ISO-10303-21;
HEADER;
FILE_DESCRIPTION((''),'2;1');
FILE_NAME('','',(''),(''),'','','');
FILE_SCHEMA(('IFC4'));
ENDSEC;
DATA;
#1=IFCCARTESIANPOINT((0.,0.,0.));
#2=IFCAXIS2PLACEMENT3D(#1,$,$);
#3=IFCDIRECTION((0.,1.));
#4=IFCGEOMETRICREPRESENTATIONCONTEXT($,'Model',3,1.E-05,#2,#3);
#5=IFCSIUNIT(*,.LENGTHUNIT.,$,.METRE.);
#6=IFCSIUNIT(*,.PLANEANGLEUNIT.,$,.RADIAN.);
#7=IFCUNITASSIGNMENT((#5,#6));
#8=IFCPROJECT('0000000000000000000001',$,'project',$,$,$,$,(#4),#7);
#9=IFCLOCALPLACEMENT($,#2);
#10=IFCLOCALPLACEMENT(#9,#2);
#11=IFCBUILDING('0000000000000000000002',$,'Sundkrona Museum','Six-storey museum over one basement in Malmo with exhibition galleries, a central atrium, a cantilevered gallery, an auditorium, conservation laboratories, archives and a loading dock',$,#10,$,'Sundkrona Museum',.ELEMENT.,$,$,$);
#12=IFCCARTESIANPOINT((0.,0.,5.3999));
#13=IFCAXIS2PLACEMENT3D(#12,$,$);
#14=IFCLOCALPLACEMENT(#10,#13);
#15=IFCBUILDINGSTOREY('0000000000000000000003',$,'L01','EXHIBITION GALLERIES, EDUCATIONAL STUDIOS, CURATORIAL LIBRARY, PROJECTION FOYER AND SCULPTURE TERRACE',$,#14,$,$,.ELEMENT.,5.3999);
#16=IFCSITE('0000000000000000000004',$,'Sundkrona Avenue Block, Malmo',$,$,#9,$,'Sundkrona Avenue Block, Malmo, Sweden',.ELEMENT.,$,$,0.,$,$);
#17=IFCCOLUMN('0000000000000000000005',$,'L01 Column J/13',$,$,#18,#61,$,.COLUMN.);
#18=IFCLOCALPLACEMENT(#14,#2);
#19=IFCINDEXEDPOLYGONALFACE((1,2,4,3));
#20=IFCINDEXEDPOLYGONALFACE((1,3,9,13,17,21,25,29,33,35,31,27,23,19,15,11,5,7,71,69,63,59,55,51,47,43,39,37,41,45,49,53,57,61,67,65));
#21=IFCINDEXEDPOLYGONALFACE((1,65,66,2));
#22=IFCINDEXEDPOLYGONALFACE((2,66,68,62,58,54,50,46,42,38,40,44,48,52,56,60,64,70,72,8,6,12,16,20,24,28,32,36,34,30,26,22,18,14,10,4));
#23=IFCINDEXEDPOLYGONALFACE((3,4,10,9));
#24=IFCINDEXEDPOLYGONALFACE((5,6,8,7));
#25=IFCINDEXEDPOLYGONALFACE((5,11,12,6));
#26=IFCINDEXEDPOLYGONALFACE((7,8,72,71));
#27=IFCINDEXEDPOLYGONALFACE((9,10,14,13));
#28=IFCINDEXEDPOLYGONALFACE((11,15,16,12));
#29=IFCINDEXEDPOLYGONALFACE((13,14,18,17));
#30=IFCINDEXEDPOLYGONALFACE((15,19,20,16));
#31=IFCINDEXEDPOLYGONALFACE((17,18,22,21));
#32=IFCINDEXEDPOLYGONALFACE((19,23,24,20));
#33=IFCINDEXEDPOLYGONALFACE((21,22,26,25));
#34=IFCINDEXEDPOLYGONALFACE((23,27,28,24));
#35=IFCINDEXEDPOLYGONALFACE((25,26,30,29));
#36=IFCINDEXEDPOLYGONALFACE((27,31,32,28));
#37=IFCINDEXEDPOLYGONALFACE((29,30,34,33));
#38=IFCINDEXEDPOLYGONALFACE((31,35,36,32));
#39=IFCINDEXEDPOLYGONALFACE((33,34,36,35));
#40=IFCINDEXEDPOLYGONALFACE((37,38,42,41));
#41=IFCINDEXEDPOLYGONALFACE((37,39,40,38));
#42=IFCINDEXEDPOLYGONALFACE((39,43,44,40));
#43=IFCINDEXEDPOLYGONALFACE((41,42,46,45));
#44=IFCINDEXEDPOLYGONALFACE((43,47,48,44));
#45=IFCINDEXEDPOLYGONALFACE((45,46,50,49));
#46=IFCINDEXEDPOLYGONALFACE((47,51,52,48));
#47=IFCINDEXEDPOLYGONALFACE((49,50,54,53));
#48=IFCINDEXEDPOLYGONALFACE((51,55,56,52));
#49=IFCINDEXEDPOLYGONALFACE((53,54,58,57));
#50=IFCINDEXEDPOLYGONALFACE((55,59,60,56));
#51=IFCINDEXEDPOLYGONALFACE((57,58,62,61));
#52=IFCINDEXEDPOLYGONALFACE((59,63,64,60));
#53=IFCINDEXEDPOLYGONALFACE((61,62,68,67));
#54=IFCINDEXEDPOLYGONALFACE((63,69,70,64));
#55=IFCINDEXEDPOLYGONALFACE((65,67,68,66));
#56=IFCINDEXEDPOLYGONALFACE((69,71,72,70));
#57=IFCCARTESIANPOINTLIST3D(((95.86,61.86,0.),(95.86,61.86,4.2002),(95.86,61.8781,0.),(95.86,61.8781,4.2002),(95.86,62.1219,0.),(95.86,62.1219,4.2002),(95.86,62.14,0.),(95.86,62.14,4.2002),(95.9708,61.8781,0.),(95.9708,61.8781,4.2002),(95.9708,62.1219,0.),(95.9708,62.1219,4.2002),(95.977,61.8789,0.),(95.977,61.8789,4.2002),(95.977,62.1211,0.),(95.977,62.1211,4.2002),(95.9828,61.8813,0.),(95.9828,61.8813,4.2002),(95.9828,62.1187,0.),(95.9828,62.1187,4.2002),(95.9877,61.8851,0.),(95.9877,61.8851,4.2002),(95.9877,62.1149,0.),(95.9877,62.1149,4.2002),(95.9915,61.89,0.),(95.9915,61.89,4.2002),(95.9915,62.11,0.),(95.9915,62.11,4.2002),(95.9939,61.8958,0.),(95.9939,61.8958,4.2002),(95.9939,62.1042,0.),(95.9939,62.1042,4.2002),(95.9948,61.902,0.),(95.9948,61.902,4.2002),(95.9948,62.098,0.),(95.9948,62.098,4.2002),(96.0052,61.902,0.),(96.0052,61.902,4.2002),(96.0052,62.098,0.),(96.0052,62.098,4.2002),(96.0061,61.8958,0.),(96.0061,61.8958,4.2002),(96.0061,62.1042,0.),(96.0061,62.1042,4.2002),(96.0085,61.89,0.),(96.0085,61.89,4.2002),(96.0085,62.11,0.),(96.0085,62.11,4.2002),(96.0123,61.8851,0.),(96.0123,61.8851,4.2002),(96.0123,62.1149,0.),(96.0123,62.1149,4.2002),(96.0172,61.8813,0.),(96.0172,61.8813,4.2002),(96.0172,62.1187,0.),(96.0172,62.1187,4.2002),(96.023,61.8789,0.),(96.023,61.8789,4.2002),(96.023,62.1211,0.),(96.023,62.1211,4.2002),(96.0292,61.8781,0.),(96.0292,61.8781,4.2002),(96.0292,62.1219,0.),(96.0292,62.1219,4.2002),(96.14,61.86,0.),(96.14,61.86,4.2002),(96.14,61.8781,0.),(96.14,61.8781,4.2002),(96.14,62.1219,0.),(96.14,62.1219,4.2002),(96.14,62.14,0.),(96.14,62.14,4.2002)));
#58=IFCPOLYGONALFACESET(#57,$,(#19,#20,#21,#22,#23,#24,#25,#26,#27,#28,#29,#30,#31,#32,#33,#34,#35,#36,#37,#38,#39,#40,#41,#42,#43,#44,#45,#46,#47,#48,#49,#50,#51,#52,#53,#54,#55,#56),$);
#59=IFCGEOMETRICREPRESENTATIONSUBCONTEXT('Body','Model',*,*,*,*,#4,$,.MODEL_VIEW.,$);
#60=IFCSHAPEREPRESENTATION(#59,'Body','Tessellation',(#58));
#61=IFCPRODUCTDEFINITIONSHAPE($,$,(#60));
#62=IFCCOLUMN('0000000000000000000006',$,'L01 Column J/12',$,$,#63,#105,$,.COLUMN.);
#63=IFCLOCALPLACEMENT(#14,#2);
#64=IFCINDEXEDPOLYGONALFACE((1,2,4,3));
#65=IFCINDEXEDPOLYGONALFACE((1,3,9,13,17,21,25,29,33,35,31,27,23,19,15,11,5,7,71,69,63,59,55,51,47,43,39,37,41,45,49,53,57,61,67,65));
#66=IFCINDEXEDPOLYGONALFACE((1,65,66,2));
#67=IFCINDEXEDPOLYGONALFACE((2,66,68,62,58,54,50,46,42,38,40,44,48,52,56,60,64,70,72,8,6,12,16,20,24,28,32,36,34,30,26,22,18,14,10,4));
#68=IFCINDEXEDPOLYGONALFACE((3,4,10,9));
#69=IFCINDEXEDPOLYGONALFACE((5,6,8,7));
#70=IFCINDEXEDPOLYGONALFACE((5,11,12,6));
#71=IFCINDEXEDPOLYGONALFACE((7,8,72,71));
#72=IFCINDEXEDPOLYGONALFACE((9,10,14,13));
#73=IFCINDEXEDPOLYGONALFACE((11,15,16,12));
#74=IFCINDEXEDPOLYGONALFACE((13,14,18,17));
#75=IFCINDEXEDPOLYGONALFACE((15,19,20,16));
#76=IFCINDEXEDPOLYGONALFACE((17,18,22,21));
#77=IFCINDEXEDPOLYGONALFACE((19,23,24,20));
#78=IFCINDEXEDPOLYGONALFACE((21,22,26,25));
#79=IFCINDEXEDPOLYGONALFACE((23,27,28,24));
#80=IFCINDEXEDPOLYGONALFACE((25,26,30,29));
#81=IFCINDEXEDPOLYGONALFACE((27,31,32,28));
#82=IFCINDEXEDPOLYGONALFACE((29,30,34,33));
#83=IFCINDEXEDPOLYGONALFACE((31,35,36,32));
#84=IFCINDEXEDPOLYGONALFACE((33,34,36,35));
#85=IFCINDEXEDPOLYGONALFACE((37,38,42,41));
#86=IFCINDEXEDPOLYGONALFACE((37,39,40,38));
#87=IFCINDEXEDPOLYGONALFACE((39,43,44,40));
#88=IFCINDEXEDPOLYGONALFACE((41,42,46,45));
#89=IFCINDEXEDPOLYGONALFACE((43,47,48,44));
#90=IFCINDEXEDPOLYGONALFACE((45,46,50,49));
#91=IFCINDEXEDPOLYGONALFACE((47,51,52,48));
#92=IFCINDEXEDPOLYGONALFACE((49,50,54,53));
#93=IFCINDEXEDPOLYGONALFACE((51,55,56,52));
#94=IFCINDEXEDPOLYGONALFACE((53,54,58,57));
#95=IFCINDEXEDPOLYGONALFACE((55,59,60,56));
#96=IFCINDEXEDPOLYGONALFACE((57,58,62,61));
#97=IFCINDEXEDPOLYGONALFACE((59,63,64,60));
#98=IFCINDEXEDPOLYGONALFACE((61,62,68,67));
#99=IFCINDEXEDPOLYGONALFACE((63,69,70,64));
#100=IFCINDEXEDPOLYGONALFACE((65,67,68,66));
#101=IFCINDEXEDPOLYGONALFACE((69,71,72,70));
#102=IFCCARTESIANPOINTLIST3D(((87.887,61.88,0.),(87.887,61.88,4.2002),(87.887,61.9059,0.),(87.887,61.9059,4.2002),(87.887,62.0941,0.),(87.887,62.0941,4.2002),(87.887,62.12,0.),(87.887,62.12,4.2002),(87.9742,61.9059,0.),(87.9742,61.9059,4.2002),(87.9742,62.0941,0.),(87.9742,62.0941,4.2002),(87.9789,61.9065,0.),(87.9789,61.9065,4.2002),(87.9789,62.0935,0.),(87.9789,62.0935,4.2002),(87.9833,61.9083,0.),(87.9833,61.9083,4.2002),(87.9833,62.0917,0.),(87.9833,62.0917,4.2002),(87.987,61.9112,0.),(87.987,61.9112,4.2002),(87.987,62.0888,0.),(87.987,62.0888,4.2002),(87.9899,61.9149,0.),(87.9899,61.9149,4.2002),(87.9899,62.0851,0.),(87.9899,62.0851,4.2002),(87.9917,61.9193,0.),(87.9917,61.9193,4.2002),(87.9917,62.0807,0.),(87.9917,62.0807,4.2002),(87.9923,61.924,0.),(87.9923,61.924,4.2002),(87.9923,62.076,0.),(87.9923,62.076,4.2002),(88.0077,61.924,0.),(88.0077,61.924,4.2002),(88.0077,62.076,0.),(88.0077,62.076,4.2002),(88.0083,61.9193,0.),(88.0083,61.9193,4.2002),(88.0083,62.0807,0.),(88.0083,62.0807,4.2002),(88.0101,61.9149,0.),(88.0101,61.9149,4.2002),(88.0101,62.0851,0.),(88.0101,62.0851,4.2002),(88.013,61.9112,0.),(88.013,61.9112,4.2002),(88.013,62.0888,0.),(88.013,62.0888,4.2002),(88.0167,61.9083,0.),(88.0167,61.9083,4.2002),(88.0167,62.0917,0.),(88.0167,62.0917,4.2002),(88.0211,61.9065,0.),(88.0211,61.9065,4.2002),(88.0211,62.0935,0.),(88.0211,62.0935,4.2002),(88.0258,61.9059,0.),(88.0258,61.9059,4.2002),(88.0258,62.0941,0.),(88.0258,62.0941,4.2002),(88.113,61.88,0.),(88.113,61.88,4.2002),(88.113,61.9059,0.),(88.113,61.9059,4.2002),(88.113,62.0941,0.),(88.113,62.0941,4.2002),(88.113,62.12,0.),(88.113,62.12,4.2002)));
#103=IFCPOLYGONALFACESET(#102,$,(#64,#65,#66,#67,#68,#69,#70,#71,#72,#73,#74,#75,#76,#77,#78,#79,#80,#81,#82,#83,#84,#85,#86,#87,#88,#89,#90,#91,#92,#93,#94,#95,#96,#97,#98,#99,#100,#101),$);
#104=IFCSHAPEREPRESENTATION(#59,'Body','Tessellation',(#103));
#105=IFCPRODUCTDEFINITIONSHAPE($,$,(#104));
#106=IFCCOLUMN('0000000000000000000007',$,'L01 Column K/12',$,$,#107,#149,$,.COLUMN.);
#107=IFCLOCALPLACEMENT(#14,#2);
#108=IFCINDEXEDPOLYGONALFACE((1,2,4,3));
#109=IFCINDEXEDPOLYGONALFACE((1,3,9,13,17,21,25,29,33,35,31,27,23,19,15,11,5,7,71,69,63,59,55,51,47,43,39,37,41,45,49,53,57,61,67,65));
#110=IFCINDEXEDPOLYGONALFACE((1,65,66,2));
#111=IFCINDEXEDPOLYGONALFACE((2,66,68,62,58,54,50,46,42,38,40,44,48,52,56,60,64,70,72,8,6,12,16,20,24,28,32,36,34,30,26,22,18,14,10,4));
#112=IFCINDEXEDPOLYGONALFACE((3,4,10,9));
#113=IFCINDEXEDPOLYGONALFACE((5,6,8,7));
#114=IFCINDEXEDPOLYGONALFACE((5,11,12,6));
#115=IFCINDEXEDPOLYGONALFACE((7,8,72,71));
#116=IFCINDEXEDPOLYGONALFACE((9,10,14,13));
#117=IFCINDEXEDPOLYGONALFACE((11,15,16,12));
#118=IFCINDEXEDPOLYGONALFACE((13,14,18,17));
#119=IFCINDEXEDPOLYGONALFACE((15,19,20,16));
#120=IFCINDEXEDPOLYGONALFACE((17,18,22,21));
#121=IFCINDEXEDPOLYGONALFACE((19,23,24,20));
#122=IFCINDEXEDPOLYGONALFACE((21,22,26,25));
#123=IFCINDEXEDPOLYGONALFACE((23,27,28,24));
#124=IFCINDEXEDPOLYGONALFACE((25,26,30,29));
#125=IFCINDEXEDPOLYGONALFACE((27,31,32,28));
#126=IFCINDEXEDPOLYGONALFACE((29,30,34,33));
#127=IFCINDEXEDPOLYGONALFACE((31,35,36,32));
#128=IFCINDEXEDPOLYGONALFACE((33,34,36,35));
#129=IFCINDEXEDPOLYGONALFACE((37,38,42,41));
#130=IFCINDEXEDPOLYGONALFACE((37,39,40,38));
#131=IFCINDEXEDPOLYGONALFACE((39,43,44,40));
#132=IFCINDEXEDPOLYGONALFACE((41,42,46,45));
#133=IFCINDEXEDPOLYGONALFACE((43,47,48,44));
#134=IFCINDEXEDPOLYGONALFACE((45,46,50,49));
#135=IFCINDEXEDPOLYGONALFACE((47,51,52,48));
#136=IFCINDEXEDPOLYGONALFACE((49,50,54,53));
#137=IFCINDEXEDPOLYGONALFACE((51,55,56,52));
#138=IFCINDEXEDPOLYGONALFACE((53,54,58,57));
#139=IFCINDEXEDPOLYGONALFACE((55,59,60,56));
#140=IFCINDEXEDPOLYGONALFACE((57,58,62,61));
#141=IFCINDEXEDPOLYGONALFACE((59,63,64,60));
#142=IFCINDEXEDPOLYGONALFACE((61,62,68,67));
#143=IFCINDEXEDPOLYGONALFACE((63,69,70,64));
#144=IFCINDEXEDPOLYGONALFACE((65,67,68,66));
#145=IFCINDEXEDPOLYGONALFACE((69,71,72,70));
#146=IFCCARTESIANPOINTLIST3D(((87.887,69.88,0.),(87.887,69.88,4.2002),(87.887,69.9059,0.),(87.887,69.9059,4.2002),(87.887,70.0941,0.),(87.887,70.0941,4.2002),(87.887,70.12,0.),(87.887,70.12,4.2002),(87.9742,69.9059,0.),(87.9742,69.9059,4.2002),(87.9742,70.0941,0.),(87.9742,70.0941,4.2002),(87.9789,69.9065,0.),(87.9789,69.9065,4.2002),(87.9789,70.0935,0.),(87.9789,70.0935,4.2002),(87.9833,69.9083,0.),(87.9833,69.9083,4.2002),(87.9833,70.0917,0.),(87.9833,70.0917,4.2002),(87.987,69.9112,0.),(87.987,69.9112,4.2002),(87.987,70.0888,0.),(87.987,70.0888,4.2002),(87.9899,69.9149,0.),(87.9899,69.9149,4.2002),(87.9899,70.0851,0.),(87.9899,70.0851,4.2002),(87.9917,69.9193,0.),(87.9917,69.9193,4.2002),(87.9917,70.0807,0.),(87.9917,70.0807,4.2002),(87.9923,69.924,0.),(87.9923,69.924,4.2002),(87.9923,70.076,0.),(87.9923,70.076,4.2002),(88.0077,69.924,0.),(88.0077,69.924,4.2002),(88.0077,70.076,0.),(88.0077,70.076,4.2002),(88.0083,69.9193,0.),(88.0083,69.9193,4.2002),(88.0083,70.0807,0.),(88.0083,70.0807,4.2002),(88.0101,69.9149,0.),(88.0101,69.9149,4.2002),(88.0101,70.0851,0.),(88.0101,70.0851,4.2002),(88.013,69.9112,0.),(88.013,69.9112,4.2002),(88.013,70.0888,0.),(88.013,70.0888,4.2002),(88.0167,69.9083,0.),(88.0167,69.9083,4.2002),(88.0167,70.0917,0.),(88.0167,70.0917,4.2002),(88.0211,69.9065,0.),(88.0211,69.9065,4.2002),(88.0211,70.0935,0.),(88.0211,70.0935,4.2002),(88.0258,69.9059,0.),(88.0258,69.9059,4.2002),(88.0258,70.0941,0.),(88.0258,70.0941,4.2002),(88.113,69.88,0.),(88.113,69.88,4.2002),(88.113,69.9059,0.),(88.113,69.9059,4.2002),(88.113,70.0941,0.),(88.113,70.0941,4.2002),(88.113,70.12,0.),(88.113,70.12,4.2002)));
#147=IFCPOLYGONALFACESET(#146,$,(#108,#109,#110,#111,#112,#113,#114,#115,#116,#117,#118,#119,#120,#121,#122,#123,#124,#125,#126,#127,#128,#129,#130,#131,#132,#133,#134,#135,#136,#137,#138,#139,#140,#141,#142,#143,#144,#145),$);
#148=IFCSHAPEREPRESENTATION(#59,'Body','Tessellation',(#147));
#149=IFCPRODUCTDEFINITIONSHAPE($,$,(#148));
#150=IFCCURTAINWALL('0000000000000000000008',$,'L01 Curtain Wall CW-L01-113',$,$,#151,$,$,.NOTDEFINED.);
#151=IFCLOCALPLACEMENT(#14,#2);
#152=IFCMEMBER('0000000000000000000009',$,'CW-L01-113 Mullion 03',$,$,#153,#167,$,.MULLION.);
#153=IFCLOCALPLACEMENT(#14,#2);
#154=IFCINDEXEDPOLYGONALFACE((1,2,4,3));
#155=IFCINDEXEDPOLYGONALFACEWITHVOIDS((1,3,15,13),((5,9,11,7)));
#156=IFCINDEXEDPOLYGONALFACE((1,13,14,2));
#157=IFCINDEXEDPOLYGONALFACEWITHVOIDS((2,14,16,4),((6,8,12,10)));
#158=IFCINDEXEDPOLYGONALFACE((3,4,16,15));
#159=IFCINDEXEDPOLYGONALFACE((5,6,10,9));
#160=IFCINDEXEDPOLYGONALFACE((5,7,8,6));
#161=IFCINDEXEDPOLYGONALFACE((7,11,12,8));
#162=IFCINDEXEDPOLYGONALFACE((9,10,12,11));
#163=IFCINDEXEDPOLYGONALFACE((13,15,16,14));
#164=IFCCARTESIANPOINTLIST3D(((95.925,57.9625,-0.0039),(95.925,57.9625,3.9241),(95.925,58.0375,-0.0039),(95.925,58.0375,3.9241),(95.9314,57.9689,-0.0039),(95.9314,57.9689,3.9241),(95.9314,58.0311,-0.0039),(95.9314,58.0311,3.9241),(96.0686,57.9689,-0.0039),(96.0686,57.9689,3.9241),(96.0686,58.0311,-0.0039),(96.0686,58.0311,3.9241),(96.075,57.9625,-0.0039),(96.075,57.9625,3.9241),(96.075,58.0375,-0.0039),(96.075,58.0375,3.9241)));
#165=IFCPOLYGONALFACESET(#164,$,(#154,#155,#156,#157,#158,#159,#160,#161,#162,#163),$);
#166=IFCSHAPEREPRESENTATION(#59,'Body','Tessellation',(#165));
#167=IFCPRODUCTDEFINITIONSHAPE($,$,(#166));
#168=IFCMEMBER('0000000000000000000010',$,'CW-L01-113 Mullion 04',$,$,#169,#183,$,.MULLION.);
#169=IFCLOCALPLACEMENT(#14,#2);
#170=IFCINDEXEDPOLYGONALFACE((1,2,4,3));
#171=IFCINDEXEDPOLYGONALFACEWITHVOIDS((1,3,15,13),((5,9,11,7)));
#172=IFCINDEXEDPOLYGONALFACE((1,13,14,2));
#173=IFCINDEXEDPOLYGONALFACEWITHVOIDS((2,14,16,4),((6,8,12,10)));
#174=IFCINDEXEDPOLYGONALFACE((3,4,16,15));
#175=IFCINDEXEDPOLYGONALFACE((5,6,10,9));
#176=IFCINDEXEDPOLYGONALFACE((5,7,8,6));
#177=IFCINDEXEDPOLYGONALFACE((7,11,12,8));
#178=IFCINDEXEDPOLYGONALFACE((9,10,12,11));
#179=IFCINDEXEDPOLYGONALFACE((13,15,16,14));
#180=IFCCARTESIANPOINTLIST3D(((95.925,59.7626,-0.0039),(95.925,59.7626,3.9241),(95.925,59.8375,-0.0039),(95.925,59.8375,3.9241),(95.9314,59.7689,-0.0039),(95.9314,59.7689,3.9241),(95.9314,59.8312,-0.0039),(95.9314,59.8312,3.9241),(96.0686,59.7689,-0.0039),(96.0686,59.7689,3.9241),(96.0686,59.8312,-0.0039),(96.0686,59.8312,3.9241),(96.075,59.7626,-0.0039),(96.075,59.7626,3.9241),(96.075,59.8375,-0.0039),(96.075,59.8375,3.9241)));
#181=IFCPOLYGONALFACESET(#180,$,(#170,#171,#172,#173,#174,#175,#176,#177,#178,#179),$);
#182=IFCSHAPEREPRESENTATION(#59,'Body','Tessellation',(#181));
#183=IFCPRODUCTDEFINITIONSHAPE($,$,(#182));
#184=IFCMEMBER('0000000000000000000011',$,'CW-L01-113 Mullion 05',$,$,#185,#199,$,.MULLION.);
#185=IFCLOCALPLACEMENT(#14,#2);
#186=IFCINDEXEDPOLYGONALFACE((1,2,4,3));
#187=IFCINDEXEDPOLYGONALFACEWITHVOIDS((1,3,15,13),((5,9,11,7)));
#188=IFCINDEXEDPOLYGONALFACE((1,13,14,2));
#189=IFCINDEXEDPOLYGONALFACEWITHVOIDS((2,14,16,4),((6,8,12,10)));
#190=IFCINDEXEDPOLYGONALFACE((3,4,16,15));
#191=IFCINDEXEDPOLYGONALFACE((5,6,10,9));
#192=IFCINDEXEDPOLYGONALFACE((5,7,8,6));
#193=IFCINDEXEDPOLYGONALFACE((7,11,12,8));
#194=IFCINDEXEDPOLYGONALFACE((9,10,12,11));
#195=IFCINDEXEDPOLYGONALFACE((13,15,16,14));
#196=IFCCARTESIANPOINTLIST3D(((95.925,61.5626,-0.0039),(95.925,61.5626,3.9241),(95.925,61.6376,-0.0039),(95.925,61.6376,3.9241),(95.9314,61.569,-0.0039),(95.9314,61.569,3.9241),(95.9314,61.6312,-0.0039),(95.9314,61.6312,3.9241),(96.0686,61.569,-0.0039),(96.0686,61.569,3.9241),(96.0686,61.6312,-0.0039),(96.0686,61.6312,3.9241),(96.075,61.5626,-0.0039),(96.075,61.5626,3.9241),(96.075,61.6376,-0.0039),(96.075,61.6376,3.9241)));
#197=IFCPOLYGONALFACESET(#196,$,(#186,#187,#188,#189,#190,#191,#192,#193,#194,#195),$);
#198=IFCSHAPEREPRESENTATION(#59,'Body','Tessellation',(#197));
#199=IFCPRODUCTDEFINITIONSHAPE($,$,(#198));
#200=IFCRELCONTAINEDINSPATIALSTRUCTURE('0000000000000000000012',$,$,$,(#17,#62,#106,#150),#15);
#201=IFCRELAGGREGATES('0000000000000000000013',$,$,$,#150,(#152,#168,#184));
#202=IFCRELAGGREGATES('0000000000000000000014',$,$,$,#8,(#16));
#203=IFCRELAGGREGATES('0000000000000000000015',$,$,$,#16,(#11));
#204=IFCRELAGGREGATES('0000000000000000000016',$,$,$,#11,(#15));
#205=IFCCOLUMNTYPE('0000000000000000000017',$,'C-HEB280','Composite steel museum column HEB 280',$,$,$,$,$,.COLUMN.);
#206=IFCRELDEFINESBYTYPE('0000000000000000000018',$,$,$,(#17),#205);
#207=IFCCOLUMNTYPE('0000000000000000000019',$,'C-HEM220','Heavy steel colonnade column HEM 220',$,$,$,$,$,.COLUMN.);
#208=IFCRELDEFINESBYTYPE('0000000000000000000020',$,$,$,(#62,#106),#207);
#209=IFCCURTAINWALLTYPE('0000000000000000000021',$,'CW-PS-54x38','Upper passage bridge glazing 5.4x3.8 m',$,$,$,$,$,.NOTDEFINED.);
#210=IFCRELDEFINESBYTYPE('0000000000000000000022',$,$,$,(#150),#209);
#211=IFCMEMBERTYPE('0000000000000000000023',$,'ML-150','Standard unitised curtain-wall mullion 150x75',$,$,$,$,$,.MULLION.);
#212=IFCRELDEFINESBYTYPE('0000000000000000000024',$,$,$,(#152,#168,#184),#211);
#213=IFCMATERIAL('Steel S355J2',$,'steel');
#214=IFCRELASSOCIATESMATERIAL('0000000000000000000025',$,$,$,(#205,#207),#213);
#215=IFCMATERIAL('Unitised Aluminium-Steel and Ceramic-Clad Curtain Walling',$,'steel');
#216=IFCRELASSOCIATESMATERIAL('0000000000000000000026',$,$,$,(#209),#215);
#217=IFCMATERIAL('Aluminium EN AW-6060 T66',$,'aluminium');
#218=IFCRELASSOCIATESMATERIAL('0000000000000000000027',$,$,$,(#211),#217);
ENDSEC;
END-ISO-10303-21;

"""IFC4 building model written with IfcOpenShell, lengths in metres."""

from ifc_helpers import new_model, si_unit, direction, frame, origin, origin_2d, place, context, subcontext, project, spatial, hollow_rectangle, i_section, extrude, material, material_profile, profile_set, type_object, element, aggregate, save


model = new_model("IFC4")

# Units and contexts
model_context = context("Model", 3, precision=1e-05, world=origin(), true_north=direction((0.0, 1.0)))
body_context = subcontext(model_context, "Body", "Model", "MODEL_VIEW")
ifc_project = project(units=[si_unit("LENGTHUNIT", "METRE"), si_unit("PLANEANGLEUNIT", "RADIAN")], contexts=[model_context])

# Site, building, storey
site_placement = place(None, origin())
site = spatial("IfcSite", under=ifc_project, at=site_placement, Name="Sundkrona Avenue Block, Malmo", LongName="Sundkrona Avenue Block, Malmo, Sweden", CompositionType="ELEMENT", RefElevation=0.0)
building_placement = place(site_placement, origin())
building = spatial("IfcBuilding", under=site, at=building_placement, Name="Sundkrona Museum", Description="Six-storey museum over one basement in Malmo with exhibition galleries, a central atrium, a cantilevered gallery, an auditorium, conservation laboratories, archives and a loading dock", LongName="Sundkrona Museum", CompositionType="ELEMENT")
storey_placement = place(building_placement, frame((0.0, 0.0, 5.3999)))
storey = spatial("IfcBuildingStorey", under=building, at=storey_placement, Name="L01", Description="EXHIBITION GALLERIES, EDUCATIONAL STUDIOS, CURATORIAL LIBRARY, PROJECTION FOYER AND SCULPTURE TERRACE", CompositionType="ELEMENT", Elevation=5.3999)

# Columns
ifc_material_1 = material(Name="Steel S355J2", Category="steel")
ifc_material_profile_1 = material_profile(ifc_material_1, i_section(OverallWidth=0.28, OverallDepth=0.28, WebThickness=0.0105, FlangeThickness=0.0181, FilletRadius=0.0239, at=origin_2d()), Name="HEB 280")
ifc_profile_set_1 = profile_set([ifc_material_profile_1], Name="Steel S355J2")
column_type_1 = type_object("IfcColumnType", Name="C-HEB280", Description="Composite steel museum column HEB 280", PredefinedType="COLUMN", material=ifc_profile_set_1)
column_placement = place(storey_placement, frame((96.0, 62.0, 0.0), z_axis=(0.0, 0.0, 1.0), x_axis=(1.0, 0.0, 0.0)))
element("IfcColumn", 1, at=column_placement, inside=storey, type_object=column_type_1, Name="L01 Column J/13", PredefinedType="COLUMN", context=body_context, shape_type="SweptSolid", body=[
    extrude(i_section(OverallWidth=0.28, OverallDepth=0.28, WebThickness=0.0105, FlangeThickness=0.0181, FilletRadius=0.0239, at=origin_2d()), origin(), (0.0, 0.0, 1.0), 4.2002),
])
ifc_material_profile_2 = material_profile(ifc_material_1, i_section(OverallWidth=0.2261, OverallDepth=0.24, WebThickness=0.0154, FlangeThickness=0.0259, FilletRadius=0.0181, at=origin_2d()), Name="HEM 220")
ifc_profile_set_2 = profile_set([ifc_material_profile_2], Name="Steel S355J2")
column_type_2 = type_object("IfcColumnType", Name="C-HEM220", Description="Heavy steel colonnade column HEM 220", PredefinedType="COLUMN", material=ifc_profile_set_2)
for number, where, z_axis, x_axis, name in (
    (2, (88.0, 62.0, 0.0), (0.0, 0.0, 1.0), (1.0, 0.0, 0.0), "L01 Column J/12"),
    (3, (88.0, 70.0, 0.0), (0.0, 0.0, 1.0), (1.0, 0.0, 0.0), "L01 Column K/12"),
):
    element("IfcColumn", number, at=place(storey_placement, frame(where, z_axis=z_axis, x_axis=x_axis)), inside=storey, type_object=column_type_2, Name=name, PredefinedType="COLUMN", context=body_context, shape_type="SweptSolid", body=[
        extrude(i_section(OverallWidth=0.2261, OverallDepth=0.24, WebThickness=0.0154, FlangeThickness=0.0259, FilletRadius=0.0181, at=origin_2d()), origin(), (0.0, 0.0, 1.0), 4.2002),
    ])

# Curtain wall, members
ifc_material_2 = material(Name="Unitised Aluminium-Steel and Ceramic-Clad Curtain Walling", Category="steel")
curtain_wall_type = type_object("IfcCurtainWallType", Name="CW-PS-54x38", Description="Upper passage bridge glazing 5.4x3.8 m", PredefinedType="NOTDEFINED", material=ifc_material_2)
curtain_wall_placement = place(storey_placement, origin())
curtain_wall = element("IfcCurtainWall", 4, at=curtain_wall_placement, inside=storey, type_object=curtain_wall_type, Name="L01 Curtain Wall CW-L01-113", PredefinedType="NOTDEFINED")
ifc_material_3 = material(Name="Aluminium EN AW-6060 T66", Category="aluminium")
ifc_material_profile_3 = material_profile(ifc_material_3, hollow_rectangle(XDim=0.075, YDim=0.1499, WallThickness=0.0063, at=origin_2d()), Name="RHS 150x75x6.3")
ifc_profile_set_3 = profile_set([ifc_material_profile_3], Name="Aluminium EN AW-6060 T66")
member_type_1 = type_object("IfcMemberType", Name="ML-150", Description="Standard unitised curtain-wall mullion 150x75", PredefinedType="MULLION", material=ifc_profile_set_3)
member_1_placement = place(storey_placement, frame((96.0, 58.0, -0.0039), z_axis=(0.0, 0.0, 1.0), x_axis=(0.0, 1.0, 0.0)))
member_1 = element("IfcMember", 5, at=member_1_placement, type_object=member_type_1, Name="CW-L01-113 Mullion 03", PredefinedType="MULLION", context=body_context, shape_type="SweptSolid", body=[
    extrude(hollow_rectangle(XDim=0.075, YDim=0.1499, WallThickness=0.0063, at=origin_2d()), origin(), (0.0, 0.0, 1.0), 3.928),
])
member_2_placement = place(storey_placement, frame((96.0, 59.8, -0.0039), z_axis=(0.0, 0.0, 1.0), x_axis=(0.0, 1.0, 0.0)))
member_2 = element("IfcMember", 6, at=member_2_placement, type_object=member_type_1, Name="CW-L01-113 Mullion 04", PredefinedType="MULLION", context=body_context, shape_type="SweptSolid", body=[
    extrude(hollow_rectangle(XDim=0.075, YDim=0.1499, WallThickness=0.0063, at=origin_2d()), origin(), (0.0, 0.0, 1.0), 3.928),
])
member_3_placement = place(storey_placement, frame((96.0, 61.6001, -0.0039), z_axis=(0.0, 0.0, 1.0), x_axis=(0.0, 1.0, 0.0)))
member_3 = element("IfcMember", 7, at=member_3_placement, type_object=member_type_1, Name="CW-L01-113 Mullion 05", PredefinedType="MULLION", context=body_context, shape_type="SweptSolid", body=[
    extrude(hollow_rectangle(XDim=0.075, YDim=0.1499, WallThickness=0.0063, at=origin_2d()), origin(), (0.0, 0.0, 1.0), 3.928),
])
aggregate(curtain_wall, [member_1, member_2, member_3])

save(model, "model.ifc")
